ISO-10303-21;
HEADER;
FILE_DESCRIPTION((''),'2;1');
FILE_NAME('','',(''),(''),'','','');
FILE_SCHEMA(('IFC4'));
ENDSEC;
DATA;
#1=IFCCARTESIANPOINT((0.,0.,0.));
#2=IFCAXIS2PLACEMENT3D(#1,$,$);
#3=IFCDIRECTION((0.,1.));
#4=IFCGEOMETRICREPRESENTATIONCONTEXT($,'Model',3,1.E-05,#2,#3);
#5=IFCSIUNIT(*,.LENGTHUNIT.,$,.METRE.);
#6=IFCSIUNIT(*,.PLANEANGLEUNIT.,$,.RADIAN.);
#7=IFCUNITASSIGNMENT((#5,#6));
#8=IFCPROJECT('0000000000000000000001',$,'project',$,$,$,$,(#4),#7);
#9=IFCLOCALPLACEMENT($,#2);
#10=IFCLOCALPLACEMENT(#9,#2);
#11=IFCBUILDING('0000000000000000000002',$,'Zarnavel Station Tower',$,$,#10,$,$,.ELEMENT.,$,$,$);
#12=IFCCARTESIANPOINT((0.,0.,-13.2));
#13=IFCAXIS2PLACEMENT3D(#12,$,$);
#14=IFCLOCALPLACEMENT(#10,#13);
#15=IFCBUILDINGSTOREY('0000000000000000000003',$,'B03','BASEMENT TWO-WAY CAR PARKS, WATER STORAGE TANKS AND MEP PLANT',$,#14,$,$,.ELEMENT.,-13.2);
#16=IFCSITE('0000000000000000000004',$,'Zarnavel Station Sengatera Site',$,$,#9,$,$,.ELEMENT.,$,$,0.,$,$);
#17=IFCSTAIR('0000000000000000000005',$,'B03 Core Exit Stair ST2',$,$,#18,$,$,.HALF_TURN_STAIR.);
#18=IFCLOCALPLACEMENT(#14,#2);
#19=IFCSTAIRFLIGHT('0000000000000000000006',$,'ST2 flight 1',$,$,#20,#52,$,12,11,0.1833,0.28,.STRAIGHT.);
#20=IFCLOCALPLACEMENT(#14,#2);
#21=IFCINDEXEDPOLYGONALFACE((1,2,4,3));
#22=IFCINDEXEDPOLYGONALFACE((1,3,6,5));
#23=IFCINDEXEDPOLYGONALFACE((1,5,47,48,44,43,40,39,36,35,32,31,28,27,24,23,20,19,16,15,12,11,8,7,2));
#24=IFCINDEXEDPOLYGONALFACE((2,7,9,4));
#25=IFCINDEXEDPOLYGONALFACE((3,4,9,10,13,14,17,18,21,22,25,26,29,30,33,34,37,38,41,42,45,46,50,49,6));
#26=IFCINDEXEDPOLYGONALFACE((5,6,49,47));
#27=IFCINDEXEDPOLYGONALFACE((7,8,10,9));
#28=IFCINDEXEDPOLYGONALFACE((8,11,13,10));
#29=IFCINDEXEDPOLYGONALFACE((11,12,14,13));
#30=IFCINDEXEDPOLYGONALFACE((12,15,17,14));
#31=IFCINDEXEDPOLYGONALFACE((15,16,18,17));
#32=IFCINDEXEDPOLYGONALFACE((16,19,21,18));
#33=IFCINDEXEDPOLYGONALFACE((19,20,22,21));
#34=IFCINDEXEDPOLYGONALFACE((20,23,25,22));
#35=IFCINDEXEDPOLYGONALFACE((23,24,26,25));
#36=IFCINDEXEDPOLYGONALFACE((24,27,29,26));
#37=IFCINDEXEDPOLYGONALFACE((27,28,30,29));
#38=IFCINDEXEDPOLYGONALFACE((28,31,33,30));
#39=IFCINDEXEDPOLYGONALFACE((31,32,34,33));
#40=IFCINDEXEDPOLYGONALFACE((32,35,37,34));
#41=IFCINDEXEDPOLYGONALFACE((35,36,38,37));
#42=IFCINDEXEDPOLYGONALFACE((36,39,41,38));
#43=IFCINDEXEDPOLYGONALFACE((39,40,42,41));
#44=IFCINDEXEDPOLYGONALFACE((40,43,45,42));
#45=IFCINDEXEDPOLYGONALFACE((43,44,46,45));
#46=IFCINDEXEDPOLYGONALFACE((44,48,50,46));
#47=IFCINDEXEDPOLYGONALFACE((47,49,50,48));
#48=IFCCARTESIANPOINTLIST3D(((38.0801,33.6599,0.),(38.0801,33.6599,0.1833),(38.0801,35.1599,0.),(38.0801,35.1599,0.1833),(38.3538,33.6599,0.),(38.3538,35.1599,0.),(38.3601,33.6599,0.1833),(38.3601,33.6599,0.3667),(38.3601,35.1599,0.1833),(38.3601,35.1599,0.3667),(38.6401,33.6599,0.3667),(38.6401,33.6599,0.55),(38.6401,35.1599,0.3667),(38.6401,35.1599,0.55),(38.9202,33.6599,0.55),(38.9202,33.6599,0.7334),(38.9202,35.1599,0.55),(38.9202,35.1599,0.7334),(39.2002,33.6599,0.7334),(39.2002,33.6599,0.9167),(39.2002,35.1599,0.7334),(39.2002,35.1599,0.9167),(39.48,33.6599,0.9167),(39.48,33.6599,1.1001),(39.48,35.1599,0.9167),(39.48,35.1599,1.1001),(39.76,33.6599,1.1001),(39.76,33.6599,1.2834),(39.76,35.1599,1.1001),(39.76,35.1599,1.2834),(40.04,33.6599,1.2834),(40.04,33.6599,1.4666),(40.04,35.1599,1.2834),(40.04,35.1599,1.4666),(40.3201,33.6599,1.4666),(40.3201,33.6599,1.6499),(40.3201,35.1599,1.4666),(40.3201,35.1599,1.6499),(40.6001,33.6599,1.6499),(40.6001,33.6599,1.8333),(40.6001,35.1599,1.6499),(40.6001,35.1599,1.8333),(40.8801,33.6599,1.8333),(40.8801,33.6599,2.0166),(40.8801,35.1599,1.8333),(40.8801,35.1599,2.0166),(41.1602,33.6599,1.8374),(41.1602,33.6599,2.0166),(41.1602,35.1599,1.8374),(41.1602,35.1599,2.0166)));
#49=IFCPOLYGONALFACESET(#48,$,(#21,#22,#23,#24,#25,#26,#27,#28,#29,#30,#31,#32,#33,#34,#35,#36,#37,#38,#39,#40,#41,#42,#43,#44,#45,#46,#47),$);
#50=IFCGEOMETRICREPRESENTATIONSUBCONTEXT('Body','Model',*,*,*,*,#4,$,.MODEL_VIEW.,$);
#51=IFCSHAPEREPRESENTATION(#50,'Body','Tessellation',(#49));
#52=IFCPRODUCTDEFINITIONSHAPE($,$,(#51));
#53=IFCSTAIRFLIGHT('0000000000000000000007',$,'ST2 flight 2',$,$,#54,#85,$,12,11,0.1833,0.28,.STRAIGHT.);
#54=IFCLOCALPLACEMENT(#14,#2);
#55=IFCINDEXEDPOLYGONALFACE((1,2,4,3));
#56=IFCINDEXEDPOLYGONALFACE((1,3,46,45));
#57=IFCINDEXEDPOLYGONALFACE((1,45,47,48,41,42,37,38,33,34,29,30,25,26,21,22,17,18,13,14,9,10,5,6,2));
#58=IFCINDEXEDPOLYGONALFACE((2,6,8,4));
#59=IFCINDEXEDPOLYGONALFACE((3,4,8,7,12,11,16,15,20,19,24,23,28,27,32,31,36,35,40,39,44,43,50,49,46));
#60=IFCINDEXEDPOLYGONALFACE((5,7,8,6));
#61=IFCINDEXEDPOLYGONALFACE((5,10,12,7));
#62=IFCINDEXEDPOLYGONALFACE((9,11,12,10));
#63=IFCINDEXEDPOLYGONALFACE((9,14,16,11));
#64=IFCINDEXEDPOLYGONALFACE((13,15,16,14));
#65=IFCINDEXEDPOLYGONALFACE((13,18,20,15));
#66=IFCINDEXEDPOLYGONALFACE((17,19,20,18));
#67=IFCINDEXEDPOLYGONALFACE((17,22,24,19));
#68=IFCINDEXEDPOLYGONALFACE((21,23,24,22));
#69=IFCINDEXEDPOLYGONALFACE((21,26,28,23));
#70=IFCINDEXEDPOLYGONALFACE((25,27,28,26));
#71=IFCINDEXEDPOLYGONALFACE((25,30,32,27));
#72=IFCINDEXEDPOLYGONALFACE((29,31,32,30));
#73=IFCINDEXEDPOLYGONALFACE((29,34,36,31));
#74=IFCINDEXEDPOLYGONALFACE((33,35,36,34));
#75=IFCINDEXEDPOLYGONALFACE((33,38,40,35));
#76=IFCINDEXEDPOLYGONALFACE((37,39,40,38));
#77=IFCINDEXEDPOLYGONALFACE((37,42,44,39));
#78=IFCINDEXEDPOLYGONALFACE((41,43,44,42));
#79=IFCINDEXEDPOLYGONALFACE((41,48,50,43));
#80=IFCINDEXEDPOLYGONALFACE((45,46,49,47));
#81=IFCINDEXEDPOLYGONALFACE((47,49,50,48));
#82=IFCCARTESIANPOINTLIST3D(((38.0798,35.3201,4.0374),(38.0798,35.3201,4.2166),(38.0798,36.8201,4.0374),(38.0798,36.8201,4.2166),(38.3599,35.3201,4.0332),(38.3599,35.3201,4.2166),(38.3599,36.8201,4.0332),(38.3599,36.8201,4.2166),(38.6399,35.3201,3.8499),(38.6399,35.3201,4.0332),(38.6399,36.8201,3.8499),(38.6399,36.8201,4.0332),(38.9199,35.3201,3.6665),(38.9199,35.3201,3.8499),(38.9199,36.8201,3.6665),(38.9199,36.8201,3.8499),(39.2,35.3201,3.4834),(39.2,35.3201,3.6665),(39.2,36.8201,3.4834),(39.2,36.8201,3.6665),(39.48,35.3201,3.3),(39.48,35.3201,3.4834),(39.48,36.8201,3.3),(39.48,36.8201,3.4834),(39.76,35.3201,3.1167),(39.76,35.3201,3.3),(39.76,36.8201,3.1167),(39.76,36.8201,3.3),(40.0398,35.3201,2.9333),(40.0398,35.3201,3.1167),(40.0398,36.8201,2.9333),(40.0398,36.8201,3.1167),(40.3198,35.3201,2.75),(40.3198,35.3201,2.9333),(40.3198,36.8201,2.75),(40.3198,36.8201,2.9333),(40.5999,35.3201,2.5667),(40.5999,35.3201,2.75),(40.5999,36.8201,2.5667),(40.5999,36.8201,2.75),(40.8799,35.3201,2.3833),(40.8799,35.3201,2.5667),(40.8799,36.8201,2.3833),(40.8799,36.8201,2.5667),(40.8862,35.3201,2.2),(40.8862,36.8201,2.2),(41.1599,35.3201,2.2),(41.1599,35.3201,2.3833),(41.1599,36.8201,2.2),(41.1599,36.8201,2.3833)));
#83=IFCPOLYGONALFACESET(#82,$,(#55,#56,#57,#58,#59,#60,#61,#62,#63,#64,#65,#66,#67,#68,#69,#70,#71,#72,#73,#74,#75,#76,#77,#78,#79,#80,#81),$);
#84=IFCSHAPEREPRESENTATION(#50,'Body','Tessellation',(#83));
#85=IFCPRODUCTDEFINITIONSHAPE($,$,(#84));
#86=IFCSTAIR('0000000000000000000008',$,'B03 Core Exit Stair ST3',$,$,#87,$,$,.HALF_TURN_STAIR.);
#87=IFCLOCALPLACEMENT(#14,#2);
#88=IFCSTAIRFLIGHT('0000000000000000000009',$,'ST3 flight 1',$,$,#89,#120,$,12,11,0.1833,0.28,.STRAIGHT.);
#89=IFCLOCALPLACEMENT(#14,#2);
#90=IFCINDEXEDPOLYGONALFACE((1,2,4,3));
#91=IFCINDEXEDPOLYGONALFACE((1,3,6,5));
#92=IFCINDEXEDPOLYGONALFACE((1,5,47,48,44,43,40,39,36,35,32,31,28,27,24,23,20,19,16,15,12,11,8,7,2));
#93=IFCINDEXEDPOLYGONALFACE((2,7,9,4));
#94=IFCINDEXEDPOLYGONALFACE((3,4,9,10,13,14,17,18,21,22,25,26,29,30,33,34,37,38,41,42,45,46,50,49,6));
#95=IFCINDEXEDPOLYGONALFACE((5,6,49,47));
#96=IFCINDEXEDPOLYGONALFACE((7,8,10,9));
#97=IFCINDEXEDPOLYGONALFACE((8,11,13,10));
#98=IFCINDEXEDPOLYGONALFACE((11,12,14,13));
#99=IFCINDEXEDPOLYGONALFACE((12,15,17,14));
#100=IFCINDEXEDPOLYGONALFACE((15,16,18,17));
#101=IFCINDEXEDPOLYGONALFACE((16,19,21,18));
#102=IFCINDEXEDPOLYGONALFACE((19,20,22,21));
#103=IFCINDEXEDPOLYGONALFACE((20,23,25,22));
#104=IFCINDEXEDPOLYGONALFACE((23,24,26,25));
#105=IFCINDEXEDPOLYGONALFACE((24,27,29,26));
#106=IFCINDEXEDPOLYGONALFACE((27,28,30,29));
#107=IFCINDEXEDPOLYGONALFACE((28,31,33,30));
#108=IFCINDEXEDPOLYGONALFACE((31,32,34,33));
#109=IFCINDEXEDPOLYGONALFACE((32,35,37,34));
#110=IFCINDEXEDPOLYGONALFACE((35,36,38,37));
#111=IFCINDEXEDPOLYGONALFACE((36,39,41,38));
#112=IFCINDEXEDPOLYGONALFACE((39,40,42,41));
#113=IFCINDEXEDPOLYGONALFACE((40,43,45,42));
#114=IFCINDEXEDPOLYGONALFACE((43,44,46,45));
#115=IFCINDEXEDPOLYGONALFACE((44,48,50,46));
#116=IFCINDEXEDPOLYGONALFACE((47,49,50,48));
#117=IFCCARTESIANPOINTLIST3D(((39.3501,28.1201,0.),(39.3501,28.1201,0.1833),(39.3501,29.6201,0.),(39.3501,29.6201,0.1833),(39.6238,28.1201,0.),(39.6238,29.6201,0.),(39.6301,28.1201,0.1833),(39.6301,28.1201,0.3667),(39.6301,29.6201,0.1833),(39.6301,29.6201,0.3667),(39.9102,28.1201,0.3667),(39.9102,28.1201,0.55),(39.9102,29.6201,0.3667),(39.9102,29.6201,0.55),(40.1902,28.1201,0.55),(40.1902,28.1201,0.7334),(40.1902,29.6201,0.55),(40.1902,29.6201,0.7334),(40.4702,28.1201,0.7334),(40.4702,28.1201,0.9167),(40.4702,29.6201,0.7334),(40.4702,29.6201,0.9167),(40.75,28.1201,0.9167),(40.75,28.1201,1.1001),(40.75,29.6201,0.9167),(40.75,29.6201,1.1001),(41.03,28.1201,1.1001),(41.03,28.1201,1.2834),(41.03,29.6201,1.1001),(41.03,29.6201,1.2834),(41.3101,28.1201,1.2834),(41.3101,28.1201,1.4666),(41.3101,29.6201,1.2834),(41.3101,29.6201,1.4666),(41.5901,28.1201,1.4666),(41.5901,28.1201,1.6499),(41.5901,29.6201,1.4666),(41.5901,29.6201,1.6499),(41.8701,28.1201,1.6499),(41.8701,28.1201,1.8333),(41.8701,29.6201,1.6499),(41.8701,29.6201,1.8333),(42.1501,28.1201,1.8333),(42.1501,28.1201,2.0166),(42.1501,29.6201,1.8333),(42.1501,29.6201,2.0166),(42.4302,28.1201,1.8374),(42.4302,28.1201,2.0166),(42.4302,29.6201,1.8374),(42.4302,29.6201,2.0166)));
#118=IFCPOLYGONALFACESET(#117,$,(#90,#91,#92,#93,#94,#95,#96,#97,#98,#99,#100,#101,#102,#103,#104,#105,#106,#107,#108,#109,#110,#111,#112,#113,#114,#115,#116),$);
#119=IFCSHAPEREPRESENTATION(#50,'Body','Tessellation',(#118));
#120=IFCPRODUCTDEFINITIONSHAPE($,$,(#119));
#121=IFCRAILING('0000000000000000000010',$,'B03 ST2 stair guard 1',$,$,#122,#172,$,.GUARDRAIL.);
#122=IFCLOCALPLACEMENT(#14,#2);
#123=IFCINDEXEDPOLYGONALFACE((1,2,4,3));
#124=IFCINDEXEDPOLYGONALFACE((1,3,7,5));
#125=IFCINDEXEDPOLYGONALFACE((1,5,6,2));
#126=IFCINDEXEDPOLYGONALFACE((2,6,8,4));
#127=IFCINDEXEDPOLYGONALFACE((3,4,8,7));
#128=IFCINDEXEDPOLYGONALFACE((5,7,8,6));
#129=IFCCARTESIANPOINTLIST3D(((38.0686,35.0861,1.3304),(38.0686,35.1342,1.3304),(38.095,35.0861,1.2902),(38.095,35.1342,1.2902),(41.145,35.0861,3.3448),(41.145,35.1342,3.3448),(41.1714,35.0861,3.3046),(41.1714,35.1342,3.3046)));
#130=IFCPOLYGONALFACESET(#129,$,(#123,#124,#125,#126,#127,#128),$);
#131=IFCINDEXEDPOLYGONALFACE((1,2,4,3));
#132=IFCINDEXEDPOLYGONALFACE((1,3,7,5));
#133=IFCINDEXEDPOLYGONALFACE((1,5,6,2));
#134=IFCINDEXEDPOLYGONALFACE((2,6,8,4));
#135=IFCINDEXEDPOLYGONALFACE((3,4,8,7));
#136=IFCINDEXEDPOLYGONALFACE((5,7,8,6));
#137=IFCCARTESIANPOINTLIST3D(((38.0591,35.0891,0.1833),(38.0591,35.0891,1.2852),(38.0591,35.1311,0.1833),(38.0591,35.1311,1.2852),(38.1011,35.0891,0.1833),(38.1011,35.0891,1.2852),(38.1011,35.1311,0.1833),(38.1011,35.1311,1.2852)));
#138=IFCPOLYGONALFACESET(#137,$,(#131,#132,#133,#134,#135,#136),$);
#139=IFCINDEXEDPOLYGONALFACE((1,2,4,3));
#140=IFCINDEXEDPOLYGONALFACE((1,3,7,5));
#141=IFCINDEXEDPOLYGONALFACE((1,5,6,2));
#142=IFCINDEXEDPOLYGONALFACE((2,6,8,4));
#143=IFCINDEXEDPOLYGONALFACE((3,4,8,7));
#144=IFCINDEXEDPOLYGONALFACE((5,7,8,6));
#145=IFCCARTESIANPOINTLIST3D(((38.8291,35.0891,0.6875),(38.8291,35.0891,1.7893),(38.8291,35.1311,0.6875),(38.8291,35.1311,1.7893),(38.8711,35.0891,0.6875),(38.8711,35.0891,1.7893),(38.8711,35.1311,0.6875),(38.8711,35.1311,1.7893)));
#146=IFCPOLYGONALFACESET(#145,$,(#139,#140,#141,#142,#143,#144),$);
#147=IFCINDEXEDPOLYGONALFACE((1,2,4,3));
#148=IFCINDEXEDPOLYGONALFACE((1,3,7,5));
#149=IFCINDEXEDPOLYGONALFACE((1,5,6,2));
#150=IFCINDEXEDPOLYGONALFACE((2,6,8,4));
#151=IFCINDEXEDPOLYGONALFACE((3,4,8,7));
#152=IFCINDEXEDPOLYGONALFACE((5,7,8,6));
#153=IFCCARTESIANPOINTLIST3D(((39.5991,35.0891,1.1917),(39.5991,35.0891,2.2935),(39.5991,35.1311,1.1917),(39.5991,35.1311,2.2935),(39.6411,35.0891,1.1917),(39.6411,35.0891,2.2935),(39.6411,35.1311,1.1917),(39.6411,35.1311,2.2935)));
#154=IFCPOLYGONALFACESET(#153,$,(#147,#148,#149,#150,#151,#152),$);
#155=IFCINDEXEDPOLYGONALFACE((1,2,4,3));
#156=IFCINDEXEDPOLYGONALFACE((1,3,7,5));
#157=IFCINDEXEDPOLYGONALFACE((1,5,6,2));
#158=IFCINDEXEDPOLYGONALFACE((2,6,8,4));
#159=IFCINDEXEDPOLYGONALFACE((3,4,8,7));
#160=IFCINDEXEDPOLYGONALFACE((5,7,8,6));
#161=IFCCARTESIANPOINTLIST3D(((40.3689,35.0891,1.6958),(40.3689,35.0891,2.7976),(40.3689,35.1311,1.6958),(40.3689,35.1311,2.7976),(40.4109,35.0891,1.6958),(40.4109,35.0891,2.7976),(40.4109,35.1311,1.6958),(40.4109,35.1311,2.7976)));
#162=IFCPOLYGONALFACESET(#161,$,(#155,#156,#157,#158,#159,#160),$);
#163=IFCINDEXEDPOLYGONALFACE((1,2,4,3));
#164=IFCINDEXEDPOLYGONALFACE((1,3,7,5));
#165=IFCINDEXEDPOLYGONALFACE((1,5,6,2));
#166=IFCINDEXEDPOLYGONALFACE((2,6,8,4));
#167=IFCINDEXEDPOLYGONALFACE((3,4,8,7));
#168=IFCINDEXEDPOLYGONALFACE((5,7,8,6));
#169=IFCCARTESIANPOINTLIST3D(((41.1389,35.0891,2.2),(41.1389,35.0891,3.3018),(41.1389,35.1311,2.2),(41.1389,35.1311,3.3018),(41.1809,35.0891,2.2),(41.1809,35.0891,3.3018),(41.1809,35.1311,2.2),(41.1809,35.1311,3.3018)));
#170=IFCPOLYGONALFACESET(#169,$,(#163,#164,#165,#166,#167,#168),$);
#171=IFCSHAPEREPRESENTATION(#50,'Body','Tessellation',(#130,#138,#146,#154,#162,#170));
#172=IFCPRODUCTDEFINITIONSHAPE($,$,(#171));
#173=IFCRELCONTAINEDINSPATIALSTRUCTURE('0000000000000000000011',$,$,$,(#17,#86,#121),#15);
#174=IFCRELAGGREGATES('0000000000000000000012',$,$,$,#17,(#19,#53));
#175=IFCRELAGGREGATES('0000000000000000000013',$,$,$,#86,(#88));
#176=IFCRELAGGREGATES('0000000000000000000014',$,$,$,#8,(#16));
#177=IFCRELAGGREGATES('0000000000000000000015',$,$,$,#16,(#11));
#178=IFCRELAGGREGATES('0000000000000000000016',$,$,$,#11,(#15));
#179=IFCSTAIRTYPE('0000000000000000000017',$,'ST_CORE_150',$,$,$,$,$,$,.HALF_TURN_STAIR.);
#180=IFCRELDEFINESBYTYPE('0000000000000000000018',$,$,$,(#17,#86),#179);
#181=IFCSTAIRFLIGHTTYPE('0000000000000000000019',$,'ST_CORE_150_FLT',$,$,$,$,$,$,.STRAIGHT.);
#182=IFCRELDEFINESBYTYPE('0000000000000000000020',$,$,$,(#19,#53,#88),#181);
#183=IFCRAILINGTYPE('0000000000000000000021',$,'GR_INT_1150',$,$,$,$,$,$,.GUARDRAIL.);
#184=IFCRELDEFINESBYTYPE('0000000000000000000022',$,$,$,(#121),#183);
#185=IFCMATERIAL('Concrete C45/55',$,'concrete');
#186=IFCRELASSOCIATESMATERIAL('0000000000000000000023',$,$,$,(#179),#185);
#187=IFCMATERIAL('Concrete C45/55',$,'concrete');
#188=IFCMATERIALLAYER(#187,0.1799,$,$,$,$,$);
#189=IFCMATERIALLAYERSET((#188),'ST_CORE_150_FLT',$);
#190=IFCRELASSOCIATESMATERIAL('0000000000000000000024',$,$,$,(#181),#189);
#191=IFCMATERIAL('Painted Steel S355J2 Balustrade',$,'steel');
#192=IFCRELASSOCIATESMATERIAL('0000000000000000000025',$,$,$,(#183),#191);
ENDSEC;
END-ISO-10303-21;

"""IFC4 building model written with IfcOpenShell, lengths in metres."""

from ifc_helpers import new_model, si_unit, direction, frame, origin, origin_2d, place, context, subcontext, project, spatial, polyline, rectangle, outline, extrude, material, layer, layer_set, type_object, element, aggregate, save


model = new_model("IFC4")

# Units and contexts
model_context = context("Model", 3, precision=1e-05, world=origin(), true_north=direction((0.0, 1.0)))
body_context = subcontext(model_context, "Body", "Model", "MODEL_VIEW")
ifc_project = project(units=[si_unit("LENGTHUNIT", "METRE"), si_unit("PLANEANGLEUNIT", "RADIAN")], contexts=[model_context])

# Site, building, storey
site_placement = place(None, origin())
site = spatial("IfcSite", under=ifc_project, at=site_placement, Name="Zarnavel Station Sengatera Site", CompositionType="ELEMENT", RefElevation=0.0)
building_placement = place(site_placement, origin())
building = spatial("IfcBuilding", under=site, at=building_placement, Name="Zarnavel Station Tower", CompositionType="ELEMENT")
storey_placement = place(building_placement, frame((0.0, 0.0, -13.2)))
storey = spatial("IfcBuildingStorey", under=building, at=storey_placement, Name="B03", Description="BASEMENT TWO-WAY CAR PARKS, WATER STORAGE TANKS AND MEP PLANT", CompositionType="ELEMENT", Elevation=-13.2)

# Stair, stair flights
ifc_material_1 = material(Name="Concrete C45/55", Category="concrete")
stair_type = type_object("IfcStairType", Name="ST_CORE_150", PredefinedType="HALF_TURN_STAIR", material=ifc_material_1)
stair_1_placement = place(storey_placement, origin())
stair_1 = element("IfcStair", 1, at=stair_1_placement, inside=storey, type_object=stair_type, Name="B03 Core Exit Stair ST2", PredefinedType="HALF_TURN_STAIR")
ifc_material_2 = material(Name="Concrete C45/55", Category="concrete")
ifc_layer_1 = layer(ifc_material_2, 0.1799)
ifc_layer_set_1 = layer_set([ifc_layer_1], Name="ST_CORE_150_FLT")
stair_flight_type = type_object("IfcStairFlightType", Name="ST_CORE_150_FLT", PredefinedType="STRAIGHT", material=ifc_layer_set_1)
stair_flight_1_placement = place(storey_placement, frame((38.0801, 34.4099, 0.0), z_axis=(0.0, 0.0, 1.0), x_axis=(1.0, 0.0, 0.0)))
stair_flight_1 = element("IfcStairFlight", 2, at=stair_flight_1_placement, type_object=stair_flight_type, Name="ST2 flight 1", NumberOfRisers=12, NumberOfTreads=11, PredefinedType="STRAIGHT", RiserHeight=0.1833, TreadLength=0.28, context=body_context, shape_type="SweptSolid", body=[
    extrude(outline(polyline([(0.0, 0.0), (0.0, 0.1833), (0.28, 0.1833), (0.28, 0.3667), (0.5601, 0.3667), (0.5601, 0.55), (0.8401, 0.55), (0.8401, 0.7334), (1.1201, 0.7334), (1.1201, 0.9167), (1.3999, 0.9167), (1.3999, 1.1001), (1.6799, 1.1001), (1.6799, 1.2834), (1.96, 1.2834), (1.96, 1.4666), (2.24, 1.4666), (2.24, 1.6499), (2.52, 1.6499), (2.52, 1.8333), (2.8, 1.8333), (2.8, 2.0166), (3.0801, 2.0166), (3.0801, 2.2), (3.0801, 1.8374), (0.2737, 0.0), (0.0, 0.0)])), frame((0.0, 0.75, 0.0), z_axis=(0.0, -1.0, 0.0), x_axis=(1.0, 0.0, 0.0)), (0.0, 0.0, 1.0), 1.5),
])
stair_flight_2_placement = place(storey_placement, frame((41.1599, 36.0701, 2.2), z_axis=(0.0, 0.0, 1.0), x_axis=(-1.0, 0.0, 0.0)))
stair_flight_2 = element("IfcStairFlight", 3, at=stair_flight_2_placement, type_object=stair_flight_type, Name="ST2 flight 2", NumberOfRisers=12, NumberOfTreads=11, PredefinedType="STRAIGHT", RiserHeight=0.1833, TreadLength=0.28, context=body_context, shape_type="SweptSolid", body=[
    extrude(outline(polyline([(0.0, 0.0), (0.0, 0.1833), (0.28, 0.1833), (0.28, 0.3667), (0.5601, 0.3667), (0.5601, 0.55), (0.8401, 0.55), (0.8401, 0.7334), (1.1201, 0.7334), (1.1201, 0.9167), (1.3999, 0.9167), (1.3999, 1.1001), (1.6799, 1.1001), (1.6799, 1.2834), (1.96, 1.2834), (1.96, 1.4666), (2.24, 1.4666), (2.24, 1.6499), (2.52, 1.6499), (2.52, 1.8333), (2.8, 1.8333), (2.8, 2.0166), (3.0801, 2.0166), (3.0801, 2.2), (3.0801, 1.8374), (0.2737, 0.0), (0.0, 0.0)])), frame((0.0, 0.75, 0.0), z_axis=(0.0, -1.0, 0.0), x_axis=(1.0, 0.0, 0.0)), (0.0, 0.0, 1.0), 1.5),
])
aggregate(stair_1, [stair_flight_1, stair_flight_2])

# Stair, stair flight
stair_2_placement = place(storey_placement, origin())
stair_2 = element("IfcStair", 4, at=stair_2_placement, inside=storey, type_object=stair_type, Name="B03 Core Exit Stair ST3", PredefinedType="HALF_TURN_STAIR")
stair_flight_3_placement = place(storey_placement, frame((39.3501, 28.8701, 0.0), z_axis=(0.0, 0.0, 1.0), x_axis=(1.0, 0.0, 0.0)))
stair_flight_3 = element("IfcStairFlight", 5, at=stair_flight_3_placement, type_object=stair_flight_type, Name="ST3 flight 1", NumberOfRisers=12, NumberOfTreads=11, PredefinedType="STRAIGHT", RiserHeight=0.1833, TreadLength=0.28, context=body_context, shape_type="SweptSolid", body=[
    extrude(outline(polyline([(0.0, 0.0), (0.0, 0.1833), (0.28, 0.1833), (0.28, 0.3667), (0.5601, 0.3667), (0.5601, 0.55), (0.8401, 0.55), (0.8401, 0.7334), (1.1201, 0.7334), (1.1201, 0.9167), (1.3999, 0.9167), (1.3999, 1.1001), (1.6799, 1.1001), (1.6799, 1.2834), (1.96, 1.2834), (1.96, 1.4666), (2.24, 1.4666), (2.24, 1.6499), (2.52, 1.6499), (2.52, 1.8333), (2.8, 1.8333), (2.8, 2.0166), (3.0801, 2.0166), (3.0801, 2.2), (3.0801, 1.8374), (0.2737, 0.0), (0.0, 0.0)])), frame((0.0, 0.75, 0.0), z_axis=(0.0, -1.0, 0.0), x_axis=(1.0, 0.0, 0.0)), (0.0, 0.0, 1.0), 1.5),
])
aggregate(stair_2, [stair_flight_3])

# Railing
ifc_material_3 = material(Name="Painted Steel S355J2 Balustrade", Category="steel")
railing_type_1 = type_object("IfcRailingType", Name="GR_INT_1150", PredefinedType="GUARDRAIL", material=ifc_material_3)
railing_1_placement = place(storey_placement, frame((38.0801, 35.1101, 0.1833)))
element("IfcRailing", 6, at=railing_1_placement, inside=storey, type_object=railing_type_1, Name="B03 ST2 stair guard 1", PredefinedType="GUARDRAIL", context=body_context, shape_type="SweptSolid", body=[
    extrude(rectangle(XDim=0.0481, YDim=0.0481, at=origin_2d()), frame((0.0017, 0.0, 1.127), z_axis=(0.836613, 0.0, 0.547794), x_axis=(0.0, 1.0, 0.0)), (0.0, 0.0, 1.0), 3.6772),
    extrude(rectangle(XDim=0.042, YDim=0.042, at=origin_2d()), origin(), (0.0, 0.0, 1.0), 1.1018),
    extrude(rectangle(XDim=0.042, YDim=0.042, at=origin_2d()), frame((0.77, 0.0, 0.5042)), (0.0, 0.0, 1.0), 1.1018),
    extrude(rectangle(XDim=0.042, YDim=0.042, at=origin_2d()), frame((1.54, 0.0, 1.0083)), (0.0, 0.0, 1.0), 1.1018),
    extrude(rectangle(XDim=0.042, YDim=0.042, at=origin_2d()), frame((2.3098, 0.0, 1.5125)), (0.0, 0.0, 1.0), 1.1018),
    extrude(rectangle(XDim=0.042, YDim=0.042, at=origin_2d()), frame((3.0798, 0.0, 2.0166)), (0.0, 0.0, 1.0), 1.1018),
])

save(model, "model.ifc")
